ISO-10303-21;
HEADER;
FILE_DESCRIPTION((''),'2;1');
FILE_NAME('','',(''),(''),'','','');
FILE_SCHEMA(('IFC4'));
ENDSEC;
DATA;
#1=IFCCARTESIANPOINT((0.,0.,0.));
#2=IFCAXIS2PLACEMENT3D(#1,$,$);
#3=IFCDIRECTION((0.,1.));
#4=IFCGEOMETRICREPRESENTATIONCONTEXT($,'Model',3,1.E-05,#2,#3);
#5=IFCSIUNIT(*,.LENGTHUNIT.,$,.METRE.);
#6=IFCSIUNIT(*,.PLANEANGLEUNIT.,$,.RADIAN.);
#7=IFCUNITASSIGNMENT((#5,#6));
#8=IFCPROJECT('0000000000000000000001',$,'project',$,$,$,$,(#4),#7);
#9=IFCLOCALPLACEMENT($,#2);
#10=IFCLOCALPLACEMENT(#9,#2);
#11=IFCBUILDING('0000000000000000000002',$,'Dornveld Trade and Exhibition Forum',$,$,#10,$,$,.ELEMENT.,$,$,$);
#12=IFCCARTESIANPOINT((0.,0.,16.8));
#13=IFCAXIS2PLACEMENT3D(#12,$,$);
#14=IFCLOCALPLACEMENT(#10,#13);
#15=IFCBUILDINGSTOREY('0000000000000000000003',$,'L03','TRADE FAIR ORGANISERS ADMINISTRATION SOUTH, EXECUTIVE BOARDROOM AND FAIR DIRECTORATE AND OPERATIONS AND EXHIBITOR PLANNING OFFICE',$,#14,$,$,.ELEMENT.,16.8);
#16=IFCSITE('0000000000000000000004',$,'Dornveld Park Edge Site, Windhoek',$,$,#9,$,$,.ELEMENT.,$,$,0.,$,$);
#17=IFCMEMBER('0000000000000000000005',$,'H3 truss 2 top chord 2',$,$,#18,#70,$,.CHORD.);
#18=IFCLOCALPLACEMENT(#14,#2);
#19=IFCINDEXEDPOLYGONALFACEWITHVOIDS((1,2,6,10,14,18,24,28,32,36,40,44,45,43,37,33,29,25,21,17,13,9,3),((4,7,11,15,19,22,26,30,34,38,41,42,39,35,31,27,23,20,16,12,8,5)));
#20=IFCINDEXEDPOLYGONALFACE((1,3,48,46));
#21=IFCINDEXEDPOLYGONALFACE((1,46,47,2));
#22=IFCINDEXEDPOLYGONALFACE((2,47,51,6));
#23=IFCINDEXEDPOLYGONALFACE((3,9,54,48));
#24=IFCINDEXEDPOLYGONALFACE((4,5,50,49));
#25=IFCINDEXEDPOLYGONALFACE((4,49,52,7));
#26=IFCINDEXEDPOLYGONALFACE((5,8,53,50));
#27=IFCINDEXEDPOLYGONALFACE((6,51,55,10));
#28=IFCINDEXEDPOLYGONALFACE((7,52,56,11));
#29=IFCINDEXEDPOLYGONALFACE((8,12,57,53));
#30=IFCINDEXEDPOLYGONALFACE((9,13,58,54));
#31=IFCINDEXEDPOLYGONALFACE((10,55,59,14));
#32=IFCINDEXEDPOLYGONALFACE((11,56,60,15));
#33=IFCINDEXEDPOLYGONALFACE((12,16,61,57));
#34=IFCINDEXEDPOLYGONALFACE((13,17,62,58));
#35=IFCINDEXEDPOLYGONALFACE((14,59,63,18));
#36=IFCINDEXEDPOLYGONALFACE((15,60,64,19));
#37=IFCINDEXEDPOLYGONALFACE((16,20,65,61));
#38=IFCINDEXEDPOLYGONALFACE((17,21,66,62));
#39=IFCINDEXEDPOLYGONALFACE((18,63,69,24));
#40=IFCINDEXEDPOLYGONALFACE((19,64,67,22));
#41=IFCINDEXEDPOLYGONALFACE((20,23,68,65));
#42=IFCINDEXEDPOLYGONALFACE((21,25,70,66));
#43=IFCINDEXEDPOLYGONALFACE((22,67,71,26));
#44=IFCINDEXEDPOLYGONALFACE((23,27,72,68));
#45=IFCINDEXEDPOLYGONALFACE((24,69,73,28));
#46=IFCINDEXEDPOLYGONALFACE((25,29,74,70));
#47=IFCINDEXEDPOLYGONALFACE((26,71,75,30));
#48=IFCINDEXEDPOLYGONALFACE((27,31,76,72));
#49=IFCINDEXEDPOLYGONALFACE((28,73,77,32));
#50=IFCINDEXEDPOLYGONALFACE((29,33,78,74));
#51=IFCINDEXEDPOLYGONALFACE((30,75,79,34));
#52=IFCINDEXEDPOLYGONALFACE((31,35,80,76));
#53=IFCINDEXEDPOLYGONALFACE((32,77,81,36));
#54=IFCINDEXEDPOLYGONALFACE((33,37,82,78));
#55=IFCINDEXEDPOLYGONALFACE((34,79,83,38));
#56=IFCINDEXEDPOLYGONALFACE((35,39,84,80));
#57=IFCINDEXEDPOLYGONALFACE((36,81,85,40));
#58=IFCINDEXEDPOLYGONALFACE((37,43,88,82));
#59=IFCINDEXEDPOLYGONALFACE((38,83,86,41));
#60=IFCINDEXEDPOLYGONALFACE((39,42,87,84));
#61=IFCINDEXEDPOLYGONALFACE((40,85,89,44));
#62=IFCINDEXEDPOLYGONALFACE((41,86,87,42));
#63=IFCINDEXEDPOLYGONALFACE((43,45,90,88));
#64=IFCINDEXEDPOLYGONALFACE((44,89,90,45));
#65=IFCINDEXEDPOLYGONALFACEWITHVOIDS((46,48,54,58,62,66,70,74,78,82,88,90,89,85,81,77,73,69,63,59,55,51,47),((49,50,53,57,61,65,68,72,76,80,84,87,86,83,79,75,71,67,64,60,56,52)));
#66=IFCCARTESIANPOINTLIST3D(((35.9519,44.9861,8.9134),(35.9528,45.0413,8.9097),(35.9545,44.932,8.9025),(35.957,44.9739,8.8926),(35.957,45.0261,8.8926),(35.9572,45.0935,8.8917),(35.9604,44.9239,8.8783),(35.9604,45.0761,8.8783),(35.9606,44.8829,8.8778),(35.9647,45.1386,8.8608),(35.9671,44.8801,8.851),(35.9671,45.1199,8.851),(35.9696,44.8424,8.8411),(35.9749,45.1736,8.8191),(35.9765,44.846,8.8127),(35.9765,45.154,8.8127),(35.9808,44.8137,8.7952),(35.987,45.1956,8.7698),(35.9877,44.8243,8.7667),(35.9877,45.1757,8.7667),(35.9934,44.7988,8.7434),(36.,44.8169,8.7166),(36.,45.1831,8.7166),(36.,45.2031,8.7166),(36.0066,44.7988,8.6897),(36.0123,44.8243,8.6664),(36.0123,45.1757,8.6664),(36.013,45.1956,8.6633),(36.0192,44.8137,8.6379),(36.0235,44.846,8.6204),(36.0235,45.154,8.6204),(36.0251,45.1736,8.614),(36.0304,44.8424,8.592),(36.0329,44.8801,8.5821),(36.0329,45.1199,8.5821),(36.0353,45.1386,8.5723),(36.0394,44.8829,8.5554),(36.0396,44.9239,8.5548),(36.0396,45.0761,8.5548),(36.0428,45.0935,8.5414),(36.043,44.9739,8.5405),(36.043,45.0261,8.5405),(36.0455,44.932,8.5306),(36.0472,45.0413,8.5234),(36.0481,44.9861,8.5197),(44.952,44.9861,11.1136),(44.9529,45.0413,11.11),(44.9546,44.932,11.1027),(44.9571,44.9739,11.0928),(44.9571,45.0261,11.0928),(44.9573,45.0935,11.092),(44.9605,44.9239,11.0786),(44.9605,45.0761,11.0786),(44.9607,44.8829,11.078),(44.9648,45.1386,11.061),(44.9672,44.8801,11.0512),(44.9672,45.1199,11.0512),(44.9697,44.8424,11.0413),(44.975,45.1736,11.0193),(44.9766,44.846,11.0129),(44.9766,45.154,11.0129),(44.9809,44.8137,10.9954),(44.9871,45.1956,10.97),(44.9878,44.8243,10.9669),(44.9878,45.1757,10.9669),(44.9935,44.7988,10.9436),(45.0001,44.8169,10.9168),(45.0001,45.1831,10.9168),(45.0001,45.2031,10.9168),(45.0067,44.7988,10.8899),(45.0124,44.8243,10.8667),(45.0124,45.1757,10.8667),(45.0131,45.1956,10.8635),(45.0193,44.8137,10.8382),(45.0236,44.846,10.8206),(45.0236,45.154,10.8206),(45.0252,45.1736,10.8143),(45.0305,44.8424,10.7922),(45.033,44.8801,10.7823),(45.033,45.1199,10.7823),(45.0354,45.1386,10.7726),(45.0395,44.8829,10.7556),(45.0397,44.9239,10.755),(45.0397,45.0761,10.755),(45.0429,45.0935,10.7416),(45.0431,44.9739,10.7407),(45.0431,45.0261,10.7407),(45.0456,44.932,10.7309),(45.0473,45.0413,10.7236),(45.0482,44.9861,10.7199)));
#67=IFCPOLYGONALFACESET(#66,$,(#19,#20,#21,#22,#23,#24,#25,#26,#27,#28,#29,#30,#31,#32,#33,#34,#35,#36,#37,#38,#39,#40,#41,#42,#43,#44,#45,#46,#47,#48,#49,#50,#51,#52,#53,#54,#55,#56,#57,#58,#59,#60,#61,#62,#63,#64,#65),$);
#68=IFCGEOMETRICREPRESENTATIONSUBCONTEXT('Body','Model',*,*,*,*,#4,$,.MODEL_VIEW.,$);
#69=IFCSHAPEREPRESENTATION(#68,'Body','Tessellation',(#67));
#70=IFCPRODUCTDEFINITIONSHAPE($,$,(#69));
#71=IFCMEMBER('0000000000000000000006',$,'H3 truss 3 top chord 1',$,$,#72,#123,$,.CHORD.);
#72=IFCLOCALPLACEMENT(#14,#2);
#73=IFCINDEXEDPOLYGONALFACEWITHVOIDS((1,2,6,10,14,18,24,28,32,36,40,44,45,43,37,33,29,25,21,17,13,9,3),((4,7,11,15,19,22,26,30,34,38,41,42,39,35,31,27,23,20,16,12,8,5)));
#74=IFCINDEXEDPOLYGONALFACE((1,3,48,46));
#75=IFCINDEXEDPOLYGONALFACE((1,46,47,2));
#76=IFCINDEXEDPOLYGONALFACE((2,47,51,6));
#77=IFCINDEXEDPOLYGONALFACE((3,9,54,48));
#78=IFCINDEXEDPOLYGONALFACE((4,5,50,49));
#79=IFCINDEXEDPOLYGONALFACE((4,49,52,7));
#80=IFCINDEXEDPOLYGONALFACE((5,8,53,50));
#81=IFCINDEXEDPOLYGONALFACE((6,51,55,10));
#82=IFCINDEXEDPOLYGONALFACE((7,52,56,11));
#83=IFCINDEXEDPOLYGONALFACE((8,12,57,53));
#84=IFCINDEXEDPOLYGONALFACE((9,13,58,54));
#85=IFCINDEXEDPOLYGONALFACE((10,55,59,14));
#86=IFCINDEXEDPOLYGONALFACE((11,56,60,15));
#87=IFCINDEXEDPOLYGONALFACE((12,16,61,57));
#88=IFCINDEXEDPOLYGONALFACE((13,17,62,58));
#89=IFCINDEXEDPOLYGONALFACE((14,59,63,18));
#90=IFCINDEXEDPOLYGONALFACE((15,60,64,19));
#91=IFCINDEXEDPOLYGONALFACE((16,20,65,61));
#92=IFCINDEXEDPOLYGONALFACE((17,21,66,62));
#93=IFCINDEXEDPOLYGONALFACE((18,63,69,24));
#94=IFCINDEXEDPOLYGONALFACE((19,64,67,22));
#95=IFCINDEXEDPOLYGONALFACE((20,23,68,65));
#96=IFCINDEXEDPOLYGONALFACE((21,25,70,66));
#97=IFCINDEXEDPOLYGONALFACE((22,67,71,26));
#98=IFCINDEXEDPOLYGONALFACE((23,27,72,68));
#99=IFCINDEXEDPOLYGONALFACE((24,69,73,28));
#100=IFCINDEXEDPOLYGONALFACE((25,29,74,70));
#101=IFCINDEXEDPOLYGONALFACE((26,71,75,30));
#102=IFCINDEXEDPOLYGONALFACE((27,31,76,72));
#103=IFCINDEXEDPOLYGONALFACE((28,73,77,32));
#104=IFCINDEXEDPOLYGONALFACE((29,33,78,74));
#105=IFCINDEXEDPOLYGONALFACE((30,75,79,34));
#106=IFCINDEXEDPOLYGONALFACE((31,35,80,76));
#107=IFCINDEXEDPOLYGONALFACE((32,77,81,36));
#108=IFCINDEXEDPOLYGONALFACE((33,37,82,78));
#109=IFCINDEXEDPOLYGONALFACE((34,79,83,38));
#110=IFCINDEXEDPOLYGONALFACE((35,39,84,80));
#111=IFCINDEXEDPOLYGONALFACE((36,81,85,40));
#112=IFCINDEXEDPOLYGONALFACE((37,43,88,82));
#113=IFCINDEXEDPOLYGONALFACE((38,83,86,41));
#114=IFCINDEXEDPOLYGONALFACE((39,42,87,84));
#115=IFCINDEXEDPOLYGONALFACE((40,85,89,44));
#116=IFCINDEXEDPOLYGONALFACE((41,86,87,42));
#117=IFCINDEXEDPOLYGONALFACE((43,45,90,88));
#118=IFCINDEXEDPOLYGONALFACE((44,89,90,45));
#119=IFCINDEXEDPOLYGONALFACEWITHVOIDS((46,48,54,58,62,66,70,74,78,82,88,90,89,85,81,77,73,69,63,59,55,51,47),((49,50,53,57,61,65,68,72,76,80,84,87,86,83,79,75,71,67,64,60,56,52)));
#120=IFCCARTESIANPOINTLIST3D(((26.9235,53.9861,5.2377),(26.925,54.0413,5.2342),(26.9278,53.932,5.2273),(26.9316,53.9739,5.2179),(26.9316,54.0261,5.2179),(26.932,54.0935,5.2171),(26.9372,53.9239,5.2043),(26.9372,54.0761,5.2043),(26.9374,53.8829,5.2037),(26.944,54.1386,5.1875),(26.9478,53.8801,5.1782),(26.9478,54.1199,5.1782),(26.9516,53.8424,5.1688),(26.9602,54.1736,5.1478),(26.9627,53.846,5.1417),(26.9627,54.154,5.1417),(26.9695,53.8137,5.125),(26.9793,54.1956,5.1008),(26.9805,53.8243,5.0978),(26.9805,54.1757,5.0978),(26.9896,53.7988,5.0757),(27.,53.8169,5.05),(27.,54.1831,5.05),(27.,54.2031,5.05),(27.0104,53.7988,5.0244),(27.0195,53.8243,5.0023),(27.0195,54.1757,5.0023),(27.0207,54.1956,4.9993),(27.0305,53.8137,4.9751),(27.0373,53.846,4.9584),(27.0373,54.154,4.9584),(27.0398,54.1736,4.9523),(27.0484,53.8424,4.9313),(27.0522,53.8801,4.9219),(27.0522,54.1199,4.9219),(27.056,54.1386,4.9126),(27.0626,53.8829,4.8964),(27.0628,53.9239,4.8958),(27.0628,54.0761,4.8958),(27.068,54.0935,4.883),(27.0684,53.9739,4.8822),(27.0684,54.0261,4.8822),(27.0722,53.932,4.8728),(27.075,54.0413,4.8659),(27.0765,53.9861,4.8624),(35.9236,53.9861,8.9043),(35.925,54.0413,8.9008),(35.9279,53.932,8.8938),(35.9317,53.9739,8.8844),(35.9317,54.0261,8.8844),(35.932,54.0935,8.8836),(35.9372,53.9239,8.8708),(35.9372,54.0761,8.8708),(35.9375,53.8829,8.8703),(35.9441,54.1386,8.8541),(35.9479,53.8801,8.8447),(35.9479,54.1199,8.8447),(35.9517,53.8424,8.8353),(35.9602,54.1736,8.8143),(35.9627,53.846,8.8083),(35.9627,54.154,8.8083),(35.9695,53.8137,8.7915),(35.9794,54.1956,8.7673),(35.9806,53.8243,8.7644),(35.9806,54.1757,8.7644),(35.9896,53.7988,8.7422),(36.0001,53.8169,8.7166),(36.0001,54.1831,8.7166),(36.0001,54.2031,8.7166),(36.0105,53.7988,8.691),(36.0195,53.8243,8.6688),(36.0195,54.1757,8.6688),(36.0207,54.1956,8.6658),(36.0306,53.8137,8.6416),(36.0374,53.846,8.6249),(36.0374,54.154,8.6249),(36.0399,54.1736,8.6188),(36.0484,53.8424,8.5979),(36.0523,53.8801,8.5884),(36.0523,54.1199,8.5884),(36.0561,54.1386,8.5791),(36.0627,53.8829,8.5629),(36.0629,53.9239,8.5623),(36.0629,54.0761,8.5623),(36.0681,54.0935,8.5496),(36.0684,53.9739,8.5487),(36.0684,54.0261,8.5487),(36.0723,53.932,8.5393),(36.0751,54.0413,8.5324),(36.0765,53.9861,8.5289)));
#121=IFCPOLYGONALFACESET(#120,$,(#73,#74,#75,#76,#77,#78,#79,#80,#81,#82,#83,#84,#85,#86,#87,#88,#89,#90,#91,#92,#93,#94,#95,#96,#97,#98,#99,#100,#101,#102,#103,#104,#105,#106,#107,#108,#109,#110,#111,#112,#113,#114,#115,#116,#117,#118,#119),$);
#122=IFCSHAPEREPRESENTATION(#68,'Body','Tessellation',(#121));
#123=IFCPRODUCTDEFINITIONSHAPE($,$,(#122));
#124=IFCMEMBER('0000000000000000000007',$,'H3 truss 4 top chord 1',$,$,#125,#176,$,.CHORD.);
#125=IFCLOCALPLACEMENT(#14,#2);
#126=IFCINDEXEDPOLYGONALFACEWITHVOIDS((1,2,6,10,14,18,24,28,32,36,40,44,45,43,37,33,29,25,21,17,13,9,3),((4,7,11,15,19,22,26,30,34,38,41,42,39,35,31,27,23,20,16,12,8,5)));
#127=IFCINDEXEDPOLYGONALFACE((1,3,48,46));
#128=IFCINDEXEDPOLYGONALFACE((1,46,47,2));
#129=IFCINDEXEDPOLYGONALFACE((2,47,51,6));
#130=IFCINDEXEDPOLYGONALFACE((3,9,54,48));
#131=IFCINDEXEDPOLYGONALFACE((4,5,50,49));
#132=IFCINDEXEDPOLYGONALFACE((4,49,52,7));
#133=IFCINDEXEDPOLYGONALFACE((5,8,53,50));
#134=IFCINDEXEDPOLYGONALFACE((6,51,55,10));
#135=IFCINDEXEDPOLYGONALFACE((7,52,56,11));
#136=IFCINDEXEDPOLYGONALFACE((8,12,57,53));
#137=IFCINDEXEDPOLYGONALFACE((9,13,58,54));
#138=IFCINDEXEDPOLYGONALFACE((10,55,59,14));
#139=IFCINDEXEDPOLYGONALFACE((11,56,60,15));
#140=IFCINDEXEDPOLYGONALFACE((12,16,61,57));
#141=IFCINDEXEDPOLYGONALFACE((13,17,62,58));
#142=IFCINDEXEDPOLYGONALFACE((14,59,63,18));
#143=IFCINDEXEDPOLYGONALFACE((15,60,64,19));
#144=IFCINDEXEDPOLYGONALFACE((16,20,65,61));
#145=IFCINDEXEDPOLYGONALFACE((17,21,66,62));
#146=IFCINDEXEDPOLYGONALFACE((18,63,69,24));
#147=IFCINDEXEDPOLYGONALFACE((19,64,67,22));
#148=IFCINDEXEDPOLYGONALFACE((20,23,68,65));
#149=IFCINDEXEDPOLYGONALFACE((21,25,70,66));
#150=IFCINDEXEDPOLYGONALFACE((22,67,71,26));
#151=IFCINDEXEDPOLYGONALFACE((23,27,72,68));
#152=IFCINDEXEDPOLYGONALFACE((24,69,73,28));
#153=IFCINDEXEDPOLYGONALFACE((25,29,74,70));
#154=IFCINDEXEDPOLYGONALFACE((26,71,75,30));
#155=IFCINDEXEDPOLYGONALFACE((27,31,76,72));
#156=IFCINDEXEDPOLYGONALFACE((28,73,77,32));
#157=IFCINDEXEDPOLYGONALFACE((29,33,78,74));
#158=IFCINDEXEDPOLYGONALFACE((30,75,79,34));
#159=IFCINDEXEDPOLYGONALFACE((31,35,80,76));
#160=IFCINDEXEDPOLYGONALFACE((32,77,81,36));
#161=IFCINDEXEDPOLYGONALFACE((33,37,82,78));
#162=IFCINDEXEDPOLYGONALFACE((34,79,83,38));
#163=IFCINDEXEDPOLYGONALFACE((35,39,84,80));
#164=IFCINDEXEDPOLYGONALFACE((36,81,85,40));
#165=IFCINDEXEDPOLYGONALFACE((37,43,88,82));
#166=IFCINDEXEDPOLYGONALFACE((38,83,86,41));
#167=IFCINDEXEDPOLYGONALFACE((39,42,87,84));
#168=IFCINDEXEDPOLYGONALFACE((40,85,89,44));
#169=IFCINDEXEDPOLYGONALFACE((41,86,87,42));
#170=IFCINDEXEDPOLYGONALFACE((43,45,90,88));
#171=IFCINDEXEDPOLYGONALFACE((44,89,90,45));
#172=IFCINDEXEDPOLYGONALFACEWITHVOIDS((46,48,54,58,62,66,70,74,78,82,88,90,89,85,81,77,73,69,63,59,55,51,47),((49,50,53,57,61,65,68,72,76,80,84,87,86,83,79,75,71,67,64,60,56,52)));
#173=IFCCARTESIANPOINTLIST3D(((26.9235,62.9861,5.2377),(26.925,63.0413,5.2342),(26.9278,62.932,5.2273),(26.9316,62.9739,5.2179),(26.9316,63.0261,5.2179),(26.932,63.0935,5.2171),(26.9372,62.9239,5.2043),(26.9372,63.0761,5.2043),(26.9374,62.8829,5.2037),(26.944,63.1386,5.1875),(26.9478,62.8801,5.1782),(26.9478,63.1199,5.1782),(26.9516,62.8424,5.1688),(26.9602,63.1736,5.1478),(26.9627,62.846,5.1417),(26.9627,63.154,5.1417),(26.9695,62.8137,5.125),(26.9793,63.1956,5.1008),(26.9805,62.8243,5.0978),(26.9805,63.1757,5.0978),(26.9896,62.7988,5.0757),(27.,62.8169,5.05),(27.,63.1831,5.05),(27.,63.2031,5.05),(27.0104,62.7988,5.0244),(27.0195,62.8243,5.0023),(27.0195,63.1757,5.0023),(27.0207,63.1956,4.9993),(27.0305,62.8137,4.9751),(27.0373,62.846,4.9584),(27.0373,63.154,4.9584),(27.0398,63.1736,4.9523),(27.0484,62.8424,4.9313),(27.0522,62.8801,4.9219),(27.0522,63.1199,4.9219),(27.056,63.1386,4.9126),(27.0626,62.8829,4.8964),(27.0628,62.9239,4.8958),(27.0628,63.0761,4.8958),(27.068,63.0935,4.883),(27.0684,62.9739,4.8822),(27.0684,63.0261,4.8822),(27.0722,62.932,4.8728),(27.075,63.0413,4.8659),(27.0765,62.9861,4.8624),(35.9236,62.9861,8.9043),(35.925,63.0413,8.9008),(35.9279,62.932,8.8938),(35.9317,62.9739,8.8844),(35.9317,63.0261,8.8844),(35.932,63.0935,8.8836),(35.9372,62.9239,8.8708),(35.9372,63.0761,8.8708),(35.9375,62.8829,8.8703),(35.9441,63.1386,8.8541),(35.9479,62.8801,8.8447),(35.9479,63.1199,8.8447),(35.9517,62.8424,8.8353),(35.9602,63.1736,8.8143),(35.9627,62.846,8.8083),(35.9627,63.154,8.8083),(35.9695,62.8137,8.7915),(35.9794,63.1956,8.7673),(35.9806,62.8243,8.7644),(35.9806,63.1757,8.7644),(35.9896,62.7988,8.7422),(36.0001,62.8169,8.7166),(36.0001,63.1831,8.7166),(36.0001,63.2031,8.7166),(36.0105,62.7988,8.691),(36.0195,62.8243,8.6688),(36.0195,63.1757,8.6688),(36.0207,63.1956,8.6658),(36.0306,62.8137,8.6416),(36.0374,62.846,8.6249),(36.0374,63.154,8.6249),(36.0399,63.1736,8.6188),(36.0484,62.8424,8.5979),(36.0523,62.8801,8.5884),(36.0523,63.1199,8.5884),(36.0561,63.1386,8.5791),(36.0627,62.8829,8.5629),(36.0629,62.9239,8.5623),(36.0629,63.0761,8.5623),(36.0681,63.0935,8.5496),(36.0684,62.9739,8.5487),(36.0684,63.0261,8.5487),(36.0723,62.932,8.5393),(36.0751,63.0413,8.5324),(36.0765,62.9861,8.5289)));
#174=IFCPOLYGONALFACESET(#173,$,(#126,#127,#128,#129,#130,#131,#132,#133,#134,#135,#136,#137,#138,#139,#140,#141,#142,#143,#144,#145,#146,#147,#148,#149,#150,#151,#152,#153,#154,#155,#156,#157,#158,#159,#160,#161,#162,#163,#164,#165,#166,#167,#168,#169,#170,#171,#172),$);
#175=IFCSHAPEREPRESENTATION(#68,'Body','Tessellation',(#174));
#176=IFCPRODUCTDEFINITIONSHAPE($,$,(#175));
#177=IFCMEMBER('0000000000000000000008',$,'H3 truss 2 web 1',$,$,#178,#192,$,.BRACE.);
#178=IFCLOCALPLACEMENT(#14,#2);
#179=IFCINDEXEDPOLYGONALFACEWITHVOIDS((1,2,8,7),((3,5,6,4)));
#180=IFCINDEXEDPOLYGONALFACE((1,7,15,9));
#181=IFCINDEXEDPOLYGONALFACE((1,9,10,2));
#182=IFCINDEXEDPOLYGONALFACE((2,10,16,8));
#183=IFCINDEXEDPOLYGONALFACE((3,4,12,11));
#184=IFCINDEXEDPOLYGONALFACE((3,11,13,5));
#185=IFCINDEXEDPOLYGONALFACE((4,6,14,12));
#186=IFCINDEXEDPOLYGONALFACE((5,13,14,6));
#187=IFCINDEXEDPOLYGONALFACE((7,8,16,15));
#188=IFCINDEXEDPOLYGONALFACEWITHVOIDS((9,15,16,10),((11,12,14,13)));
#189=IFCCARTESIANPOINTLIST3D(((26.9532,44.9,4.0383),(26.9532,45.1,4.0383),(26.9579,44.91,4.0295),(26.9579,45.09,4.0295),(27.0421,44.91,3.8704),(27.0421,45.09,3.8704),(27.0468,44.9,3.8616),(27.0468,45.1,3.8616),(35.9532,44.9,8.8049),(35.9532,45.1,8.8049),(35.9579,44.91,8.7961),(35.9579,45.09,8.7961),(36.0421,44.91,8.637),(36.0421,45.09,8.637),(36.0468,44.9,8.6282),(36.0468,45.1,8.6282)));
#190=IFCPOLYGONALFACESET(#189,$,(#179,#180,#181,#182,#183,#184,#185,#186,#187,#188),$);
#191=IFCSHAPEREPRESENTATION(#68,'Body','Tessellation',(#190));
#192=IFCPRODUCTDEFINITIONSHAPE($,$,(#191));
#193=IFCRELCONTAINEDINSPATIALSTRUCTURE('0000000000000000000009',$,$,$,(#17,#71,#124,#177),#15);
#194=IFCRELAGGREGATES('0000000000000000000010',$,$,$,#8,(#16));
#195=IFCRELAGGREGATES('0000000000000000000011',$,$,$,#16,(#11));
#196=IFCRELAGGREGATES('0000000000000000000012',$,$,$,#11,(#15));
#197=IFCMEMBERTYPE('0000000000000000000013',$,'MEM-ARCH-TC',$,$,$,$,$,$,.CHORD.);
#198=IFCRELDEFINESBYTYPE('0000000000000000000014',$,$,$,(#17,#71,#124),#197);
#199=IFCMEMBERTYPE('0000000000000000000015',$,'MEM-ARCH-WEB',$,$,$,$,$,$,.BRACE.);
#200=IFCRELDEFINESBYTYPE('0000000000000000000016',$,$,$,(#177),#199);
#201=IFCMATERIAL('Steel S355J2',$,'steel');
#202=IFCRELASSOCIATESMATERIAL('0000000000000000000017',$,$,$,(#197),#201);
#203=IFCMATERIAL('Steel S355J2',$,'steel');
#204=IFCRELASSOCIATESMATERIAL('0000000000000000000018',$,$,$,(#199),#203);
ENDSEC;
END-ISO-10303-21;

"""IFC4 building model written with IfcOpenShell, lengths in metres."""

from ifc_helpers import new_model, si_unit, direction, frame, origin, origin_2d, place, context, subcontext, project, spatial, hollow_rectangle, hollow_circle, extrude, material, material_profile, profile_set, type_object, element, save


model = new_model("IFC4")

# Units and contexts
model_context = context("Model", 3, precision=1e-05, world=origin(), true_north=direction((0.0, 1.0)))
body_context = subcontext(model_context, "Body", "Model", "MODEL_VIEW")
ifc_project = project(units=[si_unit("LENGTHUNIT", "METRE"), si_unit("PLANEANGLEUNIT", "RADIAN")], contexts=[model_context])

# Site, building, storey
site_placement = place(None, origin())
site = spatial("IfcSite", under=ifc_project, at=site_placement, Name="Dornveld Park Edge Site, Windhoek", CompositionType="ELEMENT", RefElevation=0.0)
building_placement = place(site_placement, origin())
building = spatial("IfcBuilding", under=site, at=building_placement, Name="Dornveld Trade and Exhibition Forum", CompositionType="ELEMENT")
storey_placement = place(building_placement, frame((0.0, 0.0, 16.8)))
storey = spatial("IfcBuildingStorey", under=building, at=storey_placement, Name="L03", Description="TRADE FAIR ORGANISERS ADMINISTRATION SOUTH, EXECUTIVE BOARDROOM AND FAIR DIRECTORATE AND OPERATIONS AND EXHIBITOR PLANNING OFFICE", CompositionType="ELEMENT", Elevation=16.8)

# Members
ifc_material_1 = material(Name="Steel S355J2", Category="steel")
ifc_material_profile_1 = material_profile(ifc_material_1, hollow_circle(Radius=0.2031, WallThickness=0.02, at=origin_2d()), Name="CHS 406.4x20")
ifc_profile_set_1 = profile_set([ifc_material_profile_1], Name="Steel S355J2")
member_type_1 = type_object("IfcMemberType", Name="MEM-ARCH-TC", PredefinedType="CHORD", material=ifc_profile_set_1)
member_1_placement = place(storey_placement, frame((36.0, 45.0, 8.7166), z_axis=(0.971394, 0.0, 0.237473), x_axis=(0.0, 1.0, 0.0)))
element("IfcMember", 1, at=member_1_placement, inside=storey, type_object=member_type_1, Name="H3 truss 2 top chord 2", PredefinedType="CHORD", context=body_context, shape_type="SweptSolid", body=[
    extrude(hollow_circle(Radius=0.2031, WallThickness=0.02, at=origin_2d()), origin(), (0.0, 0.0, 1.0), 9.2651),
])
for number, where, z_axis, x_axis, name in (
    (2, (27.0, 54.0, 5.05), (0.926098, 0.0, 0.377283), (0.0, 1.0, 0.0), "H3 truss 3 top chord 1"),
    (3, (27.0, 63.0, 5.05), (0.926098, 0.0, 0.377283), (0.0, 1.0, 0.0), "H3 truss 4 top chord 1"),
):
    element("IfcMember", number, at=place(storey_placement, frame(where, z_axis=z_axis, x_axis=x_axis)), inside=storey, type_object=member_type_1, Name=name, PredefinedType="CHORD", context=body_context, shape_type="SweptSolid", body=[
        extrude(hollow_circle(Radius=0.2031, WallThickness=0.02, at=origin_2d()), origin(), (0.0, 0.0, 1.0), 9.7183),
    ])
ifc_material_2 = material(Name="Steel S355J2", Category="steel")
ifc_material_profile_2 = material_profile(ifc_material_2, hollow_rectangle(XDim=0.2, YDim=0.2, WallThickness=0.01, at=origin_2d()), Name="SHS 200x200x10")
ifc_profile_set_2 = profile_set([ifc_material_profile_2], Name="Steel S355J2")
member_type_2 = type_object("IfcMemberType", Name="MEM-ARCH-WEB", PredefinedType="BRACE", material=ifc_profile_set_2)
for number, where, z_axis, x_axis, name in (
    (4, (27.0, 45.0, 3.95), (0.883711, 0.0, 0.468033), (0.0, 1.0, 0.0), "H3 truss 2 web 1"),
):
    element("IfcMember", number, at=place(storey_placement, frame(where, z_axis=z_axis, x_axis=x_axis)), inside=storey, type_object=member_type_2, Name=name, PredefinedType="BRACE", context=body_context, shape_type="SweptSolid", body=[
        extrude(hollow_rectangle(XDim=0.2, YDim=0.2, WallThickness=0.01, at=origin_2d()), origin(), (0.0, 0.0, 1.0), 10.1843),
    ])

save(model, "model.ifc")
